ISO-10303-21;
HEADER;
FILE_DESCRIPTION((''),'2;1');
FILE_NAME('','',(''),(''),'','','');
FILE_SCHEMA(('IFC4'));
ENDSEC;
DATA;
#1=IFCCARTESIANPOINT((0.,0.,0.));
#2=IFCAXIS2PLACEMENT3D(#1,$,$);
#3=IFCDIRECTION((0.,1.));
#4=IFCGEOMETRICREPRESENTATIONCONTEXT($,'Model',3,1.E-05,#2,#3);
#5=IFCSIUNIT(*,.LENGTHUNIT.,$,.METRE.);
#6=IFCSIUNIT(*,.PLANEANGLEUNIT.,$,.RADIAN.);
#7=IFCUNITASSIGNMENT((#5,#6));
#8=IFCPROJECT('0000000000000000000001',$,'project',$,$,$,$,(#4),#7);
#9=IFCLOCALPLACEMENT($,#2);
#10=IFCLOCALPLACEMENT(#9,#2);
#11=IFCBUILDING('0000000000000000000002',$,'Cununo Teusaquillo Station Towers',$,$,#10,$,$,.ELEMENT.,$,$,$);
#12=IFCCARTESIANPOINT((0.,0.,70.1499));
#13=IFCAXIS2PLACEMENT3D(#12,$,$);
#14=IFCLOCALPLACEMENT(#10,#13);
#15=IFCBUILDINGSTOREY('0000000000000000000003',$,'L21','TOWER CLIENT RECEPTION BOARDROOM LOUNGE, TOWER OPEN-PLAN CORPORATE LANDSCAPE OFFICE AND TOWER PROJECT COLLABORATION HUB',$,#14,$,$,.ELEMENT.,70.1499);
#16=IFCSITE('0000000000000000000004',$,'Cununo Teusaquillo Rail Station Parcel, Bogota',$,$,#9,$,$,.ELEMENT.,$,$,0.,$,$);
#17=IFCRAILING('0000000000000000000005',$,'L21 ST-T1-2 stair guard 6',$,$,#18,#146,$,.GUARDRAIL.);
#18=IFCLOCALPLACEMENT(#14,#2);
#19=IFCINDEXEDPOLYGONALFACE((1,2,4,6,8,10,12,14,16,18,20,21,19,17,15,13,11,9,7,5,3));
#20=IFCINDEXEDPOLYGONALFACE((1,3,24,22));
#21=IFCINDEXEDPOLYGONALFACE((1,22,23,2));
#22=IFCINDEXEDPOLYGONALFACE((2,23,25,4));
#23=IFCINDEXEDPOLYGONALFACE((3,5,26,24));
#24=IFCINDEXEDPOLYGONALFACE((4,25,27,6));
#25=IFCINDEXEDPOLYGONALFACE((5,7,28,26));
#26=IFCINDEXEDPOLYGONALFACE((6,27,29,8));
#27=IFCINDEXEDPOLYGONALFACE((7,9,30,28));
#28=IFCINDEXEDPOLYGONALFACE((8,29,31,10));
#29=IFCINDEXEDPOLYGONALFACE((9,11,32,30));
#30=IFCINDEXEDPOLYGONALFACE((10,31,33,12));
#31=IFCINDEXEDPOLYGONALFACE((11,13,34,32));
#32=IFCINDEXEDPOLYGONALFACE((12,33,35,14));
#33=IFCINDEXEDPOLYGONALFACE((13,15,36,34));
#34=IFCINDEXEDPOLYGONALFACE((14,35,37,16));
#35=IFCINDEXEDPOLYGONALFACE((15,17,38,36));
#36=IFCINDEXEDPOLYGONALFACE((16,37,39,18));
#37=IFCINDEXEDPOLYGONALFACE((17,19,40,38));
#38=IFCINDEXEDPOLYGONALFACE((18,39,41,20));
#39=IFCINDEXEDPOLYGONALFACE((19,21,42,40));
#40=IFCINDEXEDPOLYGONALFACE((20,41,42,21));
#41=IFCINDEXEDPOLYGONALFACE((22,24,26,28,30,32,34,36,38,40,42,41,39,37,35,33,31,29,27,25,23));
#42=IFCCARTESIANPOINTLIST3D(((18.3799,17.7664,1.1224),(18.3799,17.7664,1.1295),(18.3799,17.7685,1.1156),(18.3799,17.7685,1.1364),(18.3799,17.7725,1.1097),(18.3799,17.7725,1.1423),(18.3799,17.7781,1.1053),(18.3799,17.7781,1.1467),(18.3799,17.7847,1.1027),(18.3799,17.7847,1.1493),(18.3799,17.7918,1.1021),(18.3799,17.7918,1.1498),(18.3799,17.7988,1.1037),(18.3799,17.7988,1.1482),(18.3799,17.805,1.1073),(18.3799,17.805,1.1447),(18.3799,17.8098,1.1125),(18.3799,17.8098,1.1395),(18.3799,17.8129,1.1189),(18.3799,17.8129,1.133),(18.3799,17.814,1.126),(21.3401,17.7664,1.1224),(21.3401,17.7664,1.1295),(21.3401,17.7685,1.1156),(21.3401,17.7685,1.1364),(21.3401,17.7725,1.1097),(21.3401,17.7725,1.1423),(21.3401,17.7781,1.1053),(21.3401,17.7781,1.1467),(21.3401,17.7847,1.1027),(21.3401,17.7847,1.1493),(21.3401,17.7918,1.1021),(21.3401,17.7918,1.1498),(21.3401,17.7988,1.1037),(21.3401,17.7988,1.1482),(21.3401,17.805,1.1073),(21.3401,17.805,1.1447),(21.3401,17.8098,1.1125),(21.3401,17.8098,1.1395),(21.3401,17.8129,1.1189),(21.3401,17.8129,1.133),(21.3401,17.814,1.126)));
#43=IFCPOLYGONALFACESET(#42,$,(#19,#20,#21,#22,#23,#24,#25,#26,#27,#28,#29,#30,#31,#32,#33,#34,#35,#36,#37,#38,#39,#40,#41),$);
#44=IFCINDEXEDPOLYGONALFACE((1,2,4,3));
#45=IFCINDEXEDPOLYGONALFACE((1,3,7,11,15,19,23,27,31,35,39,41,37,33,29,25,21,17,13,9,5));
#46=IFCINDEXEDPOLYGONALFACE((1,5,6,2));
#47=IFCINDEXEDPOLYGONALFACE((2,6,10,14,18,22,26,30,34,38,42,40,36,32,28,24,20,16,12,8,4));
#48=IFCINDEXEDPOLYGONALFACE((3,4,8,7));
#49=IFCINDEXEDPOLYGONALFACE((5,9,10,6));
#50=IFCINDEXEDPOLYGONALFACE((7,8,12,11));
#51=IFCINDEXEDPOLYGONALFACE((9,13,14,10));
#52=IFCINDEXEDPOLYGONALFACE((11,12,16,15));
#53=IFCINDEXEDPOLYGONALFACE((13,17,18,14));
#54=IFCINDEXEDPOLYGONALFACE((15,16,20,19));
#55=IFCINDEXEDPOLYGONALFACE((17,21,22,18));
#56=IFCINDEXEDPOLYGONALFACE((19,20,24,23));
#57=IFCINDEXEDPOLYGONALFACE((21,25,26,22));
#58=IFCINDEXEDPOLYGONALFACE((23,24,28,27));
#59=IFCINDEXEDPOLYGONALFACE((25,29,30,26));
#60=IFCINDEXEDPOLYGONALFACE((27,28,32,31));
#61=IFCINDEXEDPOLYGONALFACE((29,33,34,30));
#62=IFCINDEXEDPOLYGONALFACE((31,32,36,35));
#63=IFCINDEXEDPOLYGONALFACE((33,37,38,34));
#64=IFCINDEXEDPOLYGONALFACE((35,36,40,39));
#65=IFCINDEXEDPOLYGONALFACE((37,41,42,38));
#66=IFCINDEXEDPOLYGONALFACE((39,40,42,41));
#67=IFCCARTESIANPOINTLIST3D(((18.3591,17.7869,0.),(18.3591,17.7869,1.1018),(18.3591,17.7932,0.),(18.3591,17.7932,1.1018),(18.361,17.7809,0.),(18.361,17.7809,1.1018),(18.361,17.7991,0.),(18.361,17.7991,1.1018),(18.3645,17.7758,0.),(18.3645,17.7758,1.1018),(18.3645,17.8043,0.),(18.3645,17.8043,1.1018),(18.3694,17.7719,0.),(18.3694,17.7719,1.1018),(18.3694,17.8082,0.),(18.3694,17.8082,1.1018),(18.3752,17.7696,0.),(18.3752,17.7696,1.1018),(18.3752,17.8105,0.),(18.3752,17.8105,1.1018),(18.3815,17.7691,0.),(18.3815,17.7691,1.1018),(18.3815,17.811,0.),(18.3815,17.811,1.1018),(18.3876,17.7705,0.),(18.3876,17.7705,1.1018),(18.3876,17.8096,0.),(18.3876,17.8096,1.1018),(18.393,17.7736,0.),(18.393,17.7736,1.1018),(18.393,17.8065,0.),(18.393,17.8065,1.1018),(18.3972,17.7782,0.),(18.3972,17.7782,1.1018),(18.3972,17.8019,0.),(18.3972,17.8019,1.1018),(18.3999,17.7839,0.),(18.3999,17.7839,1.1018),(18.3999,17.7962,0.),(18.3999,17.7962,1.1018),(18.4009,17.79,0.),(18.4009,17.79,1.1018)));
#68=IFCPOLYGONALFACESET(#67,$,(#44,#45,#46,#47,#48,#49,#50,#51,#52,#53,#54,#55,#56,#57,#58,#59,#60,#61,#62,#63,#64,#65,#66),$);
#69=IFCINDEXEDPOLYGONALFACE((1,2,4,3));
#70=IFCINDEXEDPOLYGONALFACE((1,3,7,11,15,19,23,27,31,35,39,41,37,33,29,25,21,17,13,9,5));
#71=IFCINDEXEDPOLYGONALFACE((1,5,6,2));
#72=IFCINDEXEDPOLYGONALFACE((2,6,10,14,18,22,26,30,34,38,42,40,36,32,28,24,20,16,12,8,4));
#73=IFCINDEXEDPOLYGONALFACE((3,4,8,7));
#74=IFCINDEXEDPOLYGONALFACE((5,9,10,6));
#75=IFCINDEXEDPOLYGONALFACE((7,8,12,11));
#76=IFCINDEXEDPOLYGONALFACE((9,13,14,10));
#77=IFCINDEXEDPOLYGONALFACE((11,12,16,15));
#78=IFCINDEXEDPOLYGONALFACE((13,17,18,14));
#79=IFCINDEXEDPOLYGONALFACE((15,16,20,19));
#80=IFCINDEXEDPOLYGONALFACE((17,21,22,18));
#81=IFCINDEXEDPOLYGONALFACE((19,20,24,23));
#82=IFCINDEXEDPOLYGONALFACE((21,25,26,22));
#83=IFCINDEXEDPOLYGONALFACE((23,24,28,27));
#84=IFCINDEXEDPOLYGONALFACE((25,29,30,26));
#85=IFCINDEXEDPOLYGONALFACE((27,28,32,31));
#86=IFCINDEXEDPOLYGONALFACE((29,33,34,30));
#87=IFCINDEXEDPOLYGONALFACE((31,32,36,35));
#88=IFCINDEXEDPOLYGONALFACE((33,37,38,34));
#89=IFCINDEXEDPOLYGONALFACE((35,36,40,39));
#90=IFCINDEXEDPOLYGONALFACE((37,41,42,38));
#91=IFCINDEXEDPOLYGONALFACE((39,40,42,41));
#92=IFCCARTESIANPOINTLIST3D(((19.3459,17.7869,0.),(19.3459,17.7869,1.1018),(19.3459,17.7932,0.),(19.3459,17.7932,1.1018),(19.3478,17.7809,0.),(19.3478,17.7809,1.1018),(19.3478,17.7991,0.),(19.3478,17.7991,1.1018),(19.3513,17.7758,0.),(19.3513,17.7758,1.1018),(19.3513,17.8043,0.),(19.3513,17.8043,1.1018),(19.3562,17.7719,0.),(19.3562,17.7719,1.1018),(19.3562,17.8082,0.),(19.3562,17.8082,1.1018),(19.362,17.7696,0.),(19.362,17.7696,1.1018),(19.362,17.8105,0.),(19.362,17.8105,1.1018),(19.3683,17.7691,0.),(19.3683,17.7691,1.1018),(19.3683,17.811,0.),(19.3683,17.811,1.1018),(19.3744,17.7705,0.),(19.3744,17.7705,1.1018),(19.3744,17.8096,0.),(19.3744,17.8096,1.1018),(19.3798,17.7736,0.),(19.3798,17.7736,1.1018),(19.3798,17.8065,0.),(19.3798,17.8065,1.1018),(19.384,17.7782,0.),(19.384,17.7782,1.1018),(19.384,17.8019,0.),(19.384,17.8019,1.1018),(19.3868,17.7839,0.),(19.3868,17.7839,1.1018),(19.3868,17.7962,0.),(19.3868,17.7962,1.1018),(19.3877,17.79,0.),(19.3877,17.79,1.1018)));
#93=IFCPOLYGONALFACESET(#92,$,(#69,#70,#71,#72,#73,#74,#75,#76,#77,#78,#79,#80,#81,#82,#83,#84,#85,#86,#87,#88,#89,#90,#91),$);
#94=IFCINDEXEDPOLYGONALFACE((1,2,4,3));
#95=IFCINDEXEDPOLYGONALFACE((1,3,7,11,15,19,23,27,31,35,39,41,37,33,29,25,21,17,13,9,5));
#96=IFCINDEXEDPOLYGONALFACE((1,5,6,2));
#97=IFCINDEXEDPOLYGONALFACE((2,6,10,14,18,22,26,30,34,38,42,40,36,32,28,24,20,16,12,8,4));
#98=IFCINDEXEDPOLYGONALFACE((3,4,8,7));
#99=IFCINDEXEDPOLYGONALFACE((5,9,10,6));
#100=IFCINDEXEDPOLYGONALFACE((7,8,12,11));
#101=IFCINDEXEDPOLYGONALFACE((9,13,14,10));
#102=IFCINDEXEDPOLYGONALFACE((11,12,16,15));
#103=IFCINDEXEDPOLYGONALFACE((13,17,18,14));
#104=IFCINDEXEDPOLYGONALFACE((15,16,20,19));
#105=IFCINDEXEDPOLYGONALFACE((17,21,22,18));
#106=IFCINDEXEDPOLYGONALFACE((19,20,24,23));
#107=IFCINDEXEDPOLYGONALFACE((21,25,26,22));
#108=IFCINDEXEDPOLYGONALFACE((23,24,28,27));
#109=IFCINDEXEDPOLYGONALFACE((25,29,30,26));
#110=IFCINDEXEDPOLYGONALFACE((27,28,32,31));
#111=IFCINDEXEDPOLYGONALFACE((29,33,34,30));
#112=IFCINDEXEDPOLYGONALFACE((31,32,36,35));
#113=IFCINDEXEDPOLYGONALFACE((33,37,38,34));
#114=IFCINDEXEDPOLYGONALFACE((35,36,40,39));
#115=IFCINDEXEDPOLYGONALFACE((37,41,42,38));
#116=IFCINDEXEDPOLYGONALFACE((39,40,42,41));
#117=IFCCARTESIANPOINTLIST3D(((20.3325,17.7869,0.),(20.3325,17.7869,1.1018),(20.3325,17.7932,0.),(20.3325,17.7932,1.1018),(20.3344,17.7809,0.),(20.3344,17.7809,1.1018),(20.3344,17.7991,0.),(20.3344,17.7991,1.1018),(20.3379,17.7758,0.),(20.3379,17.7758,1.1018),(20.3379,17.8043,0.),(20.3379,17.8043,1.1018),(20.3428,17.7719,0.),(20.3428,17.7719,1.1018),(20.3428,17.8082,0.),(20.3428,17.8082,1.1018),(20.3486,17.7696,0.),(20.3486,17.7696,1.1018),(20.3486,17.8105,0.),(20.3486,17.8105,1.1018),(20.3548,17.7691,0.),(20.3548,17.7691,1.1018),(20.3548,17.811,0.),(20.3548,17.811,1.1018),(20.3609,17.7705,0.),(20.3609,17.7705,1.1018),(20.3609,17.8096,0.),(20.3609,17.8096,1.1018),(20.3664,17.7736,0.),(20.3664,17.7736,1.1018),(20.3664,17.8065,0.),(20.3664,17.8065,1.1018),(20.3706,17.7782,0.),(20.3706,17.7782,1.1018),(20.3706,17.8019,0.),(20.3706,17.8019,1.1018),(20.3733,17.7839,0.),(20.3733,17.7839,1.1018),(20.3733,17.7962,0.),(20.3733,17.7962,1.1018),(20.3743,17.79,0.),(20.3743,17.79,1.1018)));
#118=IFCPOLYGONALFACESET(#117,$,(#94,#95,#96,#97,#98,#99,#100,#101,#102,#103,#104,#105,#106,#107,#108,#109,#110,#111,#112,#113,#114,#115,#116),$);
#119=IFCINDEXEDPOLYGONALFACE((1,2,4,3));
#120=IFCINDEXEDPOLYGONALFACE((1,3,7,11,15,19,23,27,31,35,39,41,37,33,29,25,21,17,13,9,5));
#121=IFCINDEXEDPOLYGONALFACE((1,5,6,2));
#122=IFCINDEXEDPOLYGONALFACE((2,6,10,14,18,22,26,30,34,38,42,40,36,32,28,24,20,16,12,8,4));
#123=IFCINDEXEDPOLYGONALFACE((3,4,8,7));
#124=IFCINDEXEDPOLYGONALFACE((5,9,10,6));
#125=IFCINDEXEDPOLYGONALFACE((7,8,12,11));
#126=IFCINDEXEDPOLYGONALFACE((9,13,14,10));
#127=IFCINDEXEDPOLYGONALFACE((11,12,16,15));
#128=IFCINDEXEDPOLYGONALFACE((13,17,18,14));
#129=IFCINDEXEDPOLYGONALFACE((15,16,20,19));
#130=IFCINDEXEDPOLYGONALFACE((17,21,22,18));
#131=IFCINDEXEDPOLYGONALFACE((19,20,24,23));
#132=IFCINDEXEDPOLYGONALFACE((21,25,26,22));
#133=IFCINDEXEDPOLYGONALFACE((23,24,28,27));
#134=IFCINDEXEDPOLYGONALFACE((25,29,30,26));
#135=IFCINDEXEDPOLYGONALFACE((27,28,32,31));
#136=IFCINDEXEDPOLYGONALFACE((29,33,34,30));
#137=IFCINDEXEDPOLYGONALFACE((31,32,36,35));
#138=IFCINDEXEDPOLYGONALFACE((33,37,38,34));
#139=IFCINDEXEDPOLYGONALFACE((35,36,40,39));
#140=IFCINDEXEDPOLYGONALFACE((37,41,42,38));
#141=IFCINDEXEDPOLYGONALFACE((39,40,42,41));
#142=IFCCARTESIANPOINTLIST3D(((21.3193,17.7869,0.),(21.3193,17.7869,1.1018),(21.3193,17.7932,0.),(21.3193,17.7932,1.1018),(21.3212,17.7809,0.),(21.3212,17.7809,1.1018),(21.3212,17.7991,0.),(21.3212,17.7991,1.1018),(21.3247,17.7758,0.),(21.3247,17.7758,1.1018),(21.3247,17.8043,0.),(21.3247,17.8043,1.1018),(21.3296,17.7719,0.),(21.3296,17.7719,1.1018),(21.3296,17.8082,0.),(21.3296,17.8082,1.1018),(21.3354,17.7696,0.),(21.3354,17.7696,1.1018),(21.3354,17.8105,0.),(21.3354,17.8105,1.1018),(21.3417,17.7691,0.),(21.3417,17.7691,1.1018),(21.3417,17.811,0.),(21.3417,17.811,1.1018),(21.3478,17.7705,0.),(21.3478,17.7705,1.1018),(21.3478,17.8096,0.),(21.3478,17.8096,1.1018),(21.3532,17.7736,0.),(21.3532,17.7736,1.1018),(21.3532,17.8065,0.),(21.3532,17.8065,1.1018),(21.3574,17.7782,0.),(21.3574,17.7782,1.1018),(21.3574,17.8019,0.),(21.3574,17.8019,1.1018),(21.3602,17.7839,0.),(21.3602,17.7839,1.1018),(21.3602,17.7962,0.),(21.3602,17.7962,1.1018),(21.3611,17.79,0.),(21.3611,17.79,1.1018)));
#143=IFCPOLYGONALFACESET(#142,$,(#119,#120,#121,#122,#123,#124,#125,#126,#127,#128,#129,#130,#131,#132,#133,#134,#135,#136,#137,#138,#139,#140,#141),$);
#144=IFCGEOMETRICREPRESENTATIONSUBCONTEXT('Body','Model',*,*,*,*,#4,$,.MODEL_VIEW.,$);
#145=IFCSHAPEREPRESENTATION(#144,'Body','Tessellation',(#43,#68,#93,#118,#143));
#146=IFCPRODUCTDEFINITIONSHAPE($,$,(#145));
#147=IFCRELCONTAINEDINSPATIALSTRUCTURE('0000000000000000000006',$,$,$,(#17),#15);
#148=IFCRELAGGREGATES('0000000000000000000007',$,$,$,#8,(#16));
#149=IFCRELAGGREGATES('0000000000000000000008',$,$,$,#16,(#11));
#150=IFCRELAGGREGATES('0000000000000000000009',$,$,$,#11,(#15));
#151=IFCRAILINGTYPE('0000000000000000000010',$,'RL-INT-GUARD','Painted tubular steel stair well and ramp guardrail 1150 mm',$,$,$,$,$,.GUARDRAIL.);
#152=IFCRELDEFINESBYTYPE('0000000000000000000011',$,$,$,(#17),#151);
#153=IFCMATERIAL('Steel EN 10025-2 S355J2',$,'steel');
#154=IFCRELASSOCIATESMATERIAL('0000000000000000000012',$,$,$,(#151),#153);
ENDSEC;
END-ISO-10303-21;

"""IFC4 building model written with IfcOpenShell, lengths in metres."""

from ifc_helpers import new_model, si_unit, direction, frame, origin, origin_2d, place, context, subcontext, project, spatial, circle, extrude, material, type_object, element, save


model = new_model("IFC4")

# Units and contexts
model_context = context("Model", 3, precision=1e-05, world=origin(), true_north=direction((0.0, 1.0)))
body_context = subcontext(model_context, "Body", "Model", "MODEL_VIEW")
ifc_project = project(units=[si_unit("LENGTHUNIT", "METRE"), si_unit("PLANEANGLEUNIT", "RADIAN")], contexts=[model_context])

# Site, building, storey
site_placement = place(None, origin())
site = spatial("IfcSite", under=ifc_project, at=site_placement, Name="Cununo Teusaquillo Rail Station Parcel, Bogota", CompositionType="ELEMENT", RefElevation=0.0)
building_placement = place(site_placement, origin())
building = spatial("IfcBuilding", under=site, at=building_placement, Name="Cununo Teusaquillo Station Towers", CompositionType="ELEMENT")
storey_placement = place(building_placement, frame((0.0, 0.0, 70.1499)))
storey = spatial("IfcBuildingStorey", under=building, at=storey_placement, Name="L21", Description="TOWER CLIENT RECEPTION BOARDROOM LOUNGE, TOWER OPEN-PLAN CORPORATE LANDSCAPE OFFICE AND TOWER PROJECT COLLABORATION HUB", CompositionType="ELEMENT", Elevation=70.1499)

# Railing
ifc_material_1 = material(Name="Steel EN 10025-2 S355J2", Category="steel")
railing_type_1 = type_object("IfcRailingType", Name="RL-INT-GUARD", Description="Painted tubular steel stair well and ramp guardrail 1150 mm", PredefinedType="GUARDRAIL", material=ifc_material_1)
railing_1_placement = place(storey_placement, frame((18.3799, 17.79, 0.0)))
element("IfcRailing", 1, at=railing_1_placement, inside=storey, type_object=railing_type_1, Name="L21 ST-T1-2 stair guard 6", PredefinedType="GUARDRAIL", context=body_context, shape_type="SweptSolid", body=[
    extrude(circle(Radius=0.0239, at=origin_2d()), frame((0.0, 0.0, 1.126), z_axis=(1.0, 0.0, 0.0), x_axis=(0.0, 1.0, 0.0)), (0.0, 0.0, 1.0), 2.9602),
    extrude(circle(Radius=0.021, at=origin_2d()), origin(), (0.0, 0.0, 1.0), 1.1018),
    extrude(circle(Radius=0.021, at=origin_2d()), frame((0.9868, 0.0, 0.0)), (0.0, 0.0, 1.0), 1.1018),
    extrude(circle(Radius=0.021, at=origin_2d()), frame((1.9734, 0.0, 0.0)), (0.0, 0.0, 1.0), 1.1018),
    extrude(circle(Radius=0.021, at=origin_2d()), frame((2.9602, 0.0, 0.0)), (0.0, 0.0, 1.0), 1.1018),
])

save(model, "model.ifc")
